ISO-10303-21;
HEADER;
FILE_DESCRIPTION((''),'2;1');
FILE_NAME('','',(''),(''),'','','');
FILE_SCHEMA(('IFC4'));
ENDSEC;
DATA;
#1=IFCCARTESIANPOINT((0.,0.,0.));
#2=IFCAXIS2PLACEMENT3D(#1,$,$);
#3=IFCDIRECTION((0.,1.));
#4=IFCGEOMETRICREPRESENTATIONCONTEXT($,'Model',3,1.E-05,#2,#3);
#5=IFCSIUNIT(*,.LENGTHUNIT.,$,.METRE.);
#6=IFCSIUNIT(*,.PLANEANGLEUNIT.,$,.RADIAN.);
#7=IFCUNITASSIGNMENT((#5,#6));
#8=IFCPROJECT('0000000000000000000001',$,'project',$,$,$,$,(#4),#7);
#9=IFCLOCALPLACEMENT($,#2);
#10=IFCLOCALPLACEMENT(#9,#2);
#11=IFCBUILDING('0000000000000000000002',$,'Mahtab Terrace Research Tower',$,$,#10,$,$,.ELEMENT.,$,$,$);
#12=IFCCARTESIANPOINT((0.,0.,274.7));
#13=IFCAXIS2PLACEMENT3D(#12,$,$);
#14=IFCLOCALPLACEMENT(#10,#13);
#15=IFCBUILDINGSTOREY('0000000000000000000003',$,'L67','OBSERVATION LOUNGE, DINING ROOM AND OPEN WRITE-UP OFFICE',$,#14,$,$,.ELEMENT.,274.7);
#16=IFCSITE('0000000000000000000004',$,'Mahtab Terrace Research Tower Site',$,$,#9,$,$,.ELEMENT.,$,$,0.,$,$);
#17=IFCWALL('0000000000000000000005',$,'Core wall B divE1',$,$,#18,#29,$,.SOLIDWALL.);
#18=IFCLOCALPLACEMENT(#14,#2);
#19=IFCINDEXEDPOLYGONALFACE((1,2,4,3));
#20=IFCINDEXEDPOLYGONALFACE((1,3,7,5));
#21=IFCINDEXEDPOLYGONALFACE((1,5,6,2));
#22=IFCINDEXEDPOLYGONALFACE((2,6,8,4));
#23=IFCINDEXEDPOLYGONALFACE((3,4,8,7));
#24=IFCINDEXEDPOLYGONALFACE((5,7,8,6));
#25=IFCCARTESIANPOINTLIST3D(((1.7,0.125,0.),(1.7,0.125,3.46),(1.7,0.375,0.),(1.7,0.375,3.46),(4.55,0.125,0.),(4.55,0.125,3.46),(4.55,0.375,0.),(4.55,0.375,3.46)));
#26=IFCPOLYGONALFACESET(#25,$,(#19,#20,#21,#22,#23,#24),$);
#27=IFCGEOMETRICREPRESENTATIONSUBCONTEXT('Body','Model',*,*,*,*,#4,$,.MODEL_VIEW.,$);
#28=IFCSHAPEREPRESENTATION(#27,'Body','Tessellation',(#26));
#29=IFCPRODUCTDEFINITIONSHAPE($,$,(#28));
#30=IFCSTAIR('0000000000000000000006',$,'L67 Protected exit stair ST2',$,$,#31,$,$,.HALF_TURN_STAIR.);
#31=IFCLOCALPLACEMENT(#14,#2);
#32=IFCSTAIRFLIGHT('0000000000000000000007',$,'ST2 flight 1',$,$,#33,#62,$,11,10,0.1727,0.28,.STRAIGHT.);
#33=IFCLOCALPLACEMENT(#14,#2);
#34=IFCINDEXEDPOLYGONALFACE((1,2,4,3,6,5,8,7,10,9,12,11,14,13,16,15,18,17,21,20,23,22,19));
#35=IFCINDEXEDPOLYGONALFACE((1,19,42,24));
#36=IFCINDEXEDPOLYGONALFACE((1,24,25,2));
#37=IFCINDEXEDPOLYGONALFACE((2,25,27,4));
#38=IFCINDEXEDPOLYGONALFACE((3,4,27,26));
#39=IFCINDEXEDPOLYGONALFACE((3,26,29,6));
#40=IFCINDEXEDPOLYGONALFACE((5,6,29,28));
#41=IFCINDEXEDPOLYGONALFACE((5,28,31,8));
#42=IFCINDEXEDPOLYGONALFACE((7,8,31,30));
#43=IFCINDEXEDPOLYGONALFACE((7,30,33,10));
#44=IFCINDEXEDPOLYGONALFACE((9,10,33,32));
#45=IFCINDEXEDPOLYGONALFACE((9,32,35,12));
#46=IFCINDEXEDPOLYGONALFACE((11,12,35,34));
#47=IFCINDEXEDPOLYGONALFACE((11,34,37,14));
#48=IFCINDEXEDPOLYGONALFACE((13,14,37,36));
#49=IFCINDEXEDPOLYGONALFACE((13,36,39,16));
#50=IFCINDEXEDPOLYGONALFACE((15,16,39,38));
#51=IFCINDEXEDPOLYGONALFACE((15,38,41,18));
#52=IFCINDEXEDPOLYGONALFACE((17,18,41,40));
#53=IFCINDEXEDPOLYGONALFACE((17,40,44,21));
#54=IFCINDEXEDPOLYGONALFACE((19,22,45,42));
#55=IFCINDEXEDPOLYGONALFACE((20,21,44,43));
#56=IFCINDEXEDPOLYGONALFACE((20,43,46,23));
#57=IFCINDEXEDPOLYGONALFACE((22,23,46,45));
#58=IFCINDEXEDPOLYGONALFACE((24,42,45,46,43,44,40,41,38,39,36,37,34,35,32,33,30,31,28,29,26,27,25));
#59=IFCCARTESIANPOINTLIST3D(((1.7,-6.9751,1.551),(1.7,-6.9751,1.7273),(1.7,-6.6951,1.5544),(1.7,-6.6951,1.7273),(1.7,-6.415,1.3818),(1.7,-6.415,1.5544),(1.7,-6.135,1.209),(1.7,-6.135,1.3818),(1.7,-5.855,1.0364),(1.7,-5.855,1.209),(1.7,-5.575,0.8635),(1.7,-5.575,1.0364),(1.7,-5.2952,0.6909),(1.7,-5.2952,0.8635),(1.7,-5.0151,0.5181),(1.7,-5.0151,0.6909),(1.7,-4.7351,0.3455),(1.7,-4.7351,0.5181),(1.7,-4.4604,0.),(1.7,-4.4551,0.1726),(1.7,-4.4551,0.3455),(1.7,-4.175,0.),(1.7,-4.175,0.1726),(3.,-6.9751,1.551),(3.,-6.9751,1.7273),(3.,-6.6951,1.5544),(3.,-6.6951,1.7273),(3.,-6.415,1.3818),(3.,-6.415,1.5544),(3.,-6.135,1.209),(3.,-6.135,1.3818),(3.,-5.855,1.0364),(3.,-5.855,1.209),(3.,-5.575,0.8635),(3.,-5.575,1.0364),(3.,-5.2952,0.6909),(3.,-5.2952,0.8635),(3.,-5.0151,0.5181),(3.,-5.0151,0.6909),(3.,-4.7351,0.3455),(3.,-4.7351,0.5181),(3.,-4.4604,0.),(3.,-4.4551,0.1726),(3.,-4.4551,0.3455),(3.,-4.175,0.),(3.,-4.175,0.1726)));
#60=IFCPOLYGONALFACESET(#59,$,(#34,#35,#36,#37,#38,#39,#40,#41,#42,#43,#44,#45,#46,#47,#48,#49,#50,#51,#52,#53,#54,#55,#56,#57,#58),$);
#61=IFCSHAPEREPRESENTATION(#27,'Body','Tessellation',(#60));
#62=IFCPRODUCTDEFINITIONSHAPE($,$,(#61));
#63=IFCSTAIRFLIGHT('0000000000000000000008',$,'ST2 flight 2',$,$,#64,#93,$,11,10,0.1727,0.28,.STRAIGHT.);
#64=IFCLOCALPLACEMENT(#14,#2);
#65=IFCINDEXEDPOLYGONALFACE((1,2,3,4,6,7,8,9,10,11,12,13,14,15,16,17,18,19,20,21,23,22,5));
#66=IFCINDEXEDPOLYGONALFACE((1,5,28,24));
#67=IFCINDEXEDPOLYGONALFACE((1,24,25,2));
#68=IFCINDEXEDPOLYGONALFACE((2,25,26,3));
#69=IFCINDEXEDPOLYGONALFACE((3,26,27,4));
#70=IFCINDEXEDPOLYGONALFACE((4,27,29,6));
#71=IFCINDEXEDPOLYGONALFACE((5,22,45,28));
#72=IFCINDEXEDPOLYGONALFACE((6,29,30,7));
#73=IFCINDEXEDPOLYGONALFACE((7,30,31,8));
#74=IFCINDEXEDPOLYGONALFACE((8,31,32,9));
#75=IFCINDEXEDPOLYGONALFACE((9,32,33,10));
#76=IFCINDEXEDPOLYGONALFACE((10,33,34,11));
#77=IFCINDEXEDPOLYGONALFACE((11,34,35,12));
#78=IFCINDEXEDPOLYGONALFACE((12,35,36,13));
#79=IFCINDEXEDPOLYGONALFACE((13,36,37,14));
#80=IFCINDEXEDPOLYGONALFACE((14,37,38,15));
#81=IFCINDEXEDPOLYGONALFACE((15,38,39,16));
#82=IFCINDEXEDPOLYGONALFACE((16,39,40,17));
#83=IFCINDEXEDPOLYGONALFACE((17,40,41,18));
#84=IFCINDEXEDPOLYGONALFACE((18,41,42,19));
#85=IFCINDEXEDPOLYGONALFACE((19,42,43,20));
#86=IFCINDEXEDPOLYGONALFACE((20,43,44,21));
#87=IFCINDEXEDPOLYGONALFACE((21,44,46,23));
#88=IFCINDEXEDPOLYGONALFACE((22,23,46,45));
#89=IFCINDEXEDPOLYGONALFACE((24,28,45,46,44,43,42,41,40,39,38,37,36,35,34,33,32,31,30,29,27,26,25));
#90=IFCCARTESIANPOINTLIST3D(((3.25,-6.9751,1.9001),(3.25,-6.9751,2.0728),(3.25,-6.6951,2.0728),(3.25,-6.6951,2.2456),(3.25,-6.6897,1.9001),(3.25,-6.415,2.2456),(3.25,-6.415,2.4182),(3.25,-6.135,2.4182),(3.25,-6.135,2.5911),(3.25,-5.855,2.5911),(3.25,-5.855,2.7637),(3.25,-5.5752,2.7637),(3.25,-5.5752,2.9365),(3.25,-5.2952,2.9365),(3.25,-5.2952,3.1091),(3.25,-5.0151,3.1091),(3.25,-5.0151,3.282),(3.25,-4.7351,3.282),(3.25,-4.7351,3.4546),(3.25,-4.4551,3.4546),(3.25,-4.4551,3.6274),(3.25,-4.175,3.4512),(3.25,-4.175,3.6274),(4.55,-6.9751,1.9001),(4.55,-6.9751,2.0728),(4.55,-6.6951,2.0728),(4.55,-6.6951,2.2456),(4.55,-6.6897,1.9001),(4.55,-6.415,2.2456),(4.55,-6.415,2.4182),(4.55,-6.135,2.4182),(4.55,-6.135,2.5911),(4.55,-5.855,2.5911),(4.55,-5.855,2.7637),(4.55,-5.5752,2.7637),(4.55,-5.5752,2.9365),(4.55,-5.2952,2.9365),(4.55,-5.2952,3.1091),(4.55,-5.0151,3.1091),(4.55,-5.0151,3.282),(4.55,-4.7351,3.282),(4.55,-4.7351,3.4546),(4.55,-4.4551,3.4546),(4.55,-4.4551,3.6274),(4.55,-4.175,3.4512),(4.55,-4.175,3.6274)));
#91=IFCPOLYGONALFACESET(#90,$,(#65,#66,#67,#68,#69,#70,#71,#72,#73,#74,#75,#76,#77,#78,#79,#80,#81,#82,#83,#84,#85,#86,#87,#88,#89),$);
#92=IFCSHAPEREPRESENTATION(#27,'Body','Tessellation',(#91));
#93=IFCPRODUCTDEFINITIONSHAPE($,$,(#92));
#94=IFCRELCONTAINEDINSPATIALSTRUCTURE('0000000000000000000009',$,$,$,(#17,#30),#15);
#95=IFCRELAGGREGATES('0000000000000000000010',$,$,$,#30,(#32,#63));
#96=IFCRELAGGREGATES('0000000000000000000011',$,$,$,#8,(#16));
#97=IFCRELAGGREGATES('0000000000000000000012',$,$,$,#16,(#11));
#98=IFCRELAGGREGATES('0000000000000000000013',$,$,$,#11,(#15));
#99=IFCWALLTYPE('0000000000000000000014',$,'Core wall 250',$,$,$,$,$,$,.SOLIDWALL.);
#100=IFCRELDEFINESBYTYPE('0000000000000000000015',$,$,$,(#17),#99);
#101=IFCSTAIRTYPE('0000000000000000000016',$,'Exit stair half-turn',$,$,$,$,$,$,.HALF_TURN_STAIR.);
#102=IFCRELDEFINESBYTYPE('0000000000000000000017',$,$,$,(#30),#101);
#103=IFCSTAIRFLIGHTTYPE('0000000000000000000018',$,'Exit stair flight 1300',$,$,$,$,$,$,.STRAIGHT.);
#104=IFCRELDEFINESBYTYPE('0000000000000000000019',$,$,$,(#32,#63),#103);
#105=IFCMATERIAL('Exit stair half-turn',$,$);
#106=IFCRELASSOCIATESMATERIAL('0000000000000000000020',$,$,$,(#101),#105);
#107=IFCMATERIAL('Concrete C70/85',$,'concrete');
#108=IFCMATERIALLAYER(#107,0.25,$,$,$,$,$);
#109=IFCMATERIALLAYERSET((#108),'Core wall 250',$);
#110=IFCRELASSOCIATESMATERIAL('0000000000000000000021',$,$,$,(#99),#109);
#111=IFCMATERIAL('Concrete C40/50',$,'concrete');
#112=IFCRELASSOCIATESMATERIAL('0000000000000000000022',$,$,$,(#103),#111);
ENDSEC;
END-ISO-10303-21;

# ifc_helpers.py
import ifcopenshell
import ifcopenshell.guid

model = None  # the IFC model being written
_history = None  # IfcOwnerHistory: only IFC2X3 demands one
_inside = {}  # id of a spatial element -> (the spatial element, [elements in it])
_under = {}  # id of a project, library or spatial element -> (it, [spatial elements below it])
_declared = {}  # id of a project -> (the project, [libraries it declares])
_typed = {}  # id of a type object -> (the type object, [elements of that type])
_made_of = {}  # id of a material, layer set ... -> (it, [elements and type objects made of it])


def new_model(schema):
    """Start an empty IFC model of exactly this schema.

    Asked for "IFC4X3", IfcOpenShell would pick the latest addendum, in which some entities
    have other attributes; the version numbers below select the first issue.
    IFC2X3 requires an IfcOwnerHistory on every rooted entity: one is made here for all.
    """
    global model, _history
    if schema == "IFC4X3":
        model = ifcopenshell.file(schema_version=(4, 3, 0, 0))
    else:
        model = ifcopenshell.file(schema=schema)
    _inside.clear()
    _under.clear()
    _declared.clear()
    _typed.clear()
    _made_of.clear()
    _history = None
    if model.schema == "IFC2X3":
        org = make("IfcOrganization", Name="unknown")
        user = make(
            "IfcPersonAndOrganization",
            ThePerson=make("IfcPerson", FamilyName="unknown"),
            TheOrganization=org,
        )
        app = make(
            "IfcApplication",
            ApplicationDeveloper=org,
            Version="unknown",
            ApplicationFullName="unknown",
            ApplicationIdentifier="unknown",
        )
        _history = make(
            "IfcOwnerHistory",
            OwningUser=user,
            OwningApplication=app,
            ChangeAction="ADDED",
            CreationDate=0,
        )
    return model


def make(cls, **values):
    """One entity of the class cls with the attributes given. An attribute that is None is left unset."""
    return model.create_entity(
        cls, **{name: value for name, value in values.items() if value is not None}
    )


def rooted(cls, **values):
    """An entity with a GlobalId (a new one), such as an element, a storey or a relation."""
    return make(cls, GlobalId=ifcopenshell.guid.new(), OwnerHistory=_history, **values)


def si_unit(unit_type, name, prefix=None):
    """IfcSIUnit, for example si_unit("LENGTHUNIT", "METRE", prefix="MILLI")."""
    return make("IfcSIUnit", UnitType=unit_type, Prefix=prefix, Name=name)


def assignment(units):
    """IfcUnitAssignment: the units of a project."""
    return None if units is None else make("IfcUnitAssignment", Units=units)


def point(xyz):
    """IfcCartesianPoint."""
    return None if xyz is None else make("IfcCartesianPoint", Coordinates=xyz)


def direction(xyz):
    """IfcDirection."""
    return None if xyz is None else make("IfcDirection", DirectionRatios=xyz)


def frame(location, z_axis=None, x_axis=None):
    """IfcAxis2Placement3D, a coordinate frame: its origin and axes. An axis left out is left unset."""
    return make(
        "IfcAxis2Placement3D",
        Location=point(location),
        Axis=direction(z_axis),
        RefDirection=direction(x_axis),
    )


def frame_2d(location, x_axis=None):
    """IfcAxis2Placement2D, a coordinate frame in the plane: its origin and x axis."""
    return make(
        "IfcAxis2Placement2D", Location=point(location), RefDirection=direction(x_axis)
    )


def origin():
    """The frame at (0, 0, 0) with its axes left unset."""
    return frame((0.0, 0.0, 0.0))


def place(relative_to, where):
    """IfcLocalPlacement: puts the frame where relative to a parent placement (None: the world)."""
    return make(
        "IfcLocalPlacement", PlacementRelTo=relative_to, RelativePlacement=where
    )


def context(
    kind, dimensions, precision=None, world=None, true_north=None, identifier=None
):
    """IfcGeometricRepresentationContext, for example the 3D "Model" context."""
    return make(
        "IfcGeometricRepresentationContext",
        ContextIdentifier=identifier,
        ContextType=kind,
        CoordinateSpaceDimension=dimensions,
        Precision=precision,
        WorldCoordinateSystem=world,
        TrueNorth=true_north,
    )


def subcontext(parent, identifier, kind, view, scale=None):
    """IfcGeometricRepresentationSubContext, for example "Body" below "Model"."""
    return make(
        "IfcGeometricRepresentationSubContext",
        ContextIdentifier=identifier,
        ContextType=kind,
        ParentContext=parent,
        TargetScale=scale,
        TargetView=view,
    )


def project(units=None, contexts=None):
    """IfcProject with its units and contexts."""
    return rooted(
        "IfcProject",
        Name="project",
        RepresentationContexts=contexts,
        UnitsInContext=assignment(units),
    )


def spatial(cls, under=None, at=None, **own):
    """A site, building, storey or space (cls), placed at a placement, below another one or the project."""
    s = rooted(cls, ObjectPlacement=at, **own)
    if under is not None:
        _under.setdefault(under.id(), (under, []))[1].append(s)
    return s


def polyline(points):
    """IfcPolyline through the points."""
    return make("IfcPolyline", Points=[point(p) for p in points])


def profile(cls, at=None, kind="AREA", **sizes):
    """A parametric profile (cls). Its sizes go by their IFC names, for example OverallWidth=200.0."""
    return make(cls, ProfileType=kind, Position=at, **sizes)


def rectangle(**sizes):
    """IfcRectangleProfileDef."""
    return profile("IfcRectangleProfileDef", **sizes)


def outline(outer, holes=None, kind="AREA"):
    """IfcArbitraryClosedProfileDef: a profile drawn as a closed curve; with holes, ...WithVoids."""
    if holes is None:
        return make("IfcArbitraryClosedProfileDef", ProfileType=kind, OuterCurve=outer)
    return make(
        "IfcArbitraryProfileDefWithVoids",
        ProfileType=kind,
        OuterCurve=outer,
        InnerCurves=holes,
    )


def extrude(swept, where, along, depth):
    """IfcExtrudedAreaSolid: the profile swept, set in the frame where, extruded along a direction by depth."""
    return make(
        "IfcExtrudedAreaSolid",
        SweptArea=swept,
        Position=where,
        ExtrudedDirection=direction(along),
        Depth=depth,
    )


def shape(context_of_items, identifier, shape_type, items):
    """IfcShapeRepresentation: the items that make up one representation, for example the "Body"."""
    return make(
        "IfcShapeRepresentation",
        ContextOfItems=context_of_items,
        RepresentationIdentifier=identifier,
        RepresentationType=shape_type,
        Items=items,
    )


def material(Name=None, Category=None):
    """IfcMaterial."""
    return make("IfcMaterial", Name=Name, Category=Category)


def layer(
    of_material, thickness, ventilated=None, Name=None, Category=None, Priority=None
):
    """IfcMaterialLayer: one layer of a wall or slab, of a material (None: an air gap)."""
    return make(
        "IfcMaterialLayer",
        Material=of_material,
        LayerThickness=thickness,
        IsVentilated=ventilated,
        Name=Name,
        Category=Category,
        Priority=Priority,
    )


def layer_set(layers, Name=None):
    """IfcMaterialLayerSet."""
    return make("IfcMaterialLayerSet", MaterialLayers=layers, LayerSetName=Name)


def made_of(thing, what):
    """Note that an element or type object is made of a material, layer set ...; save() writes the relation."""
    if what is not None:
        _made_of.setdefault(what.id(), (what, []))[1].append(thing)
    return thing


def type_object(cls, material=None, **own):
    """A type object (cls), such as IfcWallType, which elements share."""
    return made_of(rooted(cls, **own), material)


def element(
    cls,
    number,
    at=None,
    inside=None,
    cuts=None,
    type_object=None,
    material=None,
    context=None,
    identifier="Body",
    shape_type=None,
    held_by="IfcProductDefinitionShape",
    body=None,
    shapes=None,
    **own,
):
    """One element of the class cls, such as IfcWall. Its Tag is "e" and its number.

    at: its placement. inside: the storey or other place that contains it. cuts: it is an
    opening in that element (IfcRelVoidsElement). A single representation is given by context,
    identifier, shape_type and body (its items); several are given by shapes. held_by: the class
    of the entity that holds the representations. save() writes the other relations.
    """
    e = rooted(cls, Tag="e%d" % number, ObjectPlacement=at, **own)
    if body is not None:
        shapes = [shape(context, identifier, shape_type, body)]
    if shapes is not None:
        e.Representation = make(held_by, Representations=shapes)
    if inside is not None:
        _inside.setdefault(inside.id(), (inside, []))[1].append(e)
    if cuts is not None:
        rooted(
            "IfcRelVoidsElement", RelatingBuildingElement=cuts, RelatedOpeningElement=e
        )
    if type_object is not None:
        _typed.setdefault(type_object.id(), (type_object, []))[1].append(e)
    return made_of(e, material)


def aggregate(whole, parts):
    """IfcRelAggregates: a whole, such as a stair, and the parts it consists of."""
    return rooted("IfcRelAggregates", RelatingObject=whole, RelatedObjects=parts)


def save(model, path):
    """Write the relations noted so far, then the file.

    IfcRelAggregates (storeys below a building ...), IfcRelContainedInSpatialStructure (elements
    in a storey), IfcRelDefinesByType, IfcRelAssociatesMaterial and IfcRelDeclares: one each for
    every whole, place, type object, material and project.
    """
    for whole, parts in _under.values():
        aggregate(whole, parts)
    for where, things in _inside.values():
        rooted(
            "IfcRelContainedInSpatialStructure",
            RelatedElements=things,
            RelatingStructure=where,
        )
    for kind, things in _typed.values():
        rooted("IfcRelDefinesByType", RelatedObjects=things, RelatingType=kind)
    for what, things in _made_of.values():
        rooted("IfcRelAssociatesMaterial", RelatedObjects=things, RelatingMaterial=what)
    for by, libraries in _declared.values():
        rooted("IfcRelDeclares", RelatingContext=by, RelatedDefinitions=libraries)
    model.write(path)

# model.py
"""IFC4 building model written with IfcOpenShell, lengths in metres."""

from ifc_helpers import new_model, si_unit, direction, frame, frame_2d, origin, place, context, subcontext, project, spatial, polyline, rectangle, outline, extrude, material, layer, layer_set, type_object, element, aggregate, save


model = new_model("IFC4")

# Units and contexts
model_context = context("Model", 3, precision=1e-05, world=origin(), true_north=direction((0.0, 1.0)))
body_context = subcontext(model_context, "Body", "Model", "MODEL_VIEW")
ifc_project = project(units=[si_unit("LENGTHUNIT", "METRE"), si_unit("PLANEANGLEUNIT", "RADIAN")], contexts=[model_context])

# Site, building, storey
site_placement = place(None, origin())
site = spatial("IfcSite", under=ifc_project, at=site_placement, Name="Mahtab Terrace Research Tower Site", CompositionType="ELEMENT", RefElevation=0.0)
building_placement = place(site_placement, origin())
building = spatial("IfcBuilding", under=site, at=building_placement, Name="Mahtab Terrace Research Tower", CompositionType="ELEMENT")
storey_placement = place(building_placement, frame((0.0, 0.0, 274.7)))
storey = spatial("IfcBuildingStorey", under=building, at=storey_placement, Name="L67", Description="OBSERVATION LOUNGE, DINING ROOM AND OPEN WRITE-UP OFFICE", CompositionType="ELEMENT", Elevation=274.7)

# Shared definitions
ifc_material_1 = material(Name="Concrete C70/85", Category="concrete")

# Shared definitions
ifc_material_2 = material(Name="Exit stair half-turn")
stair_type = type_object("IfcStairType", Name="Exit stair half-turn", PredefinedType="HALF_TURN_STAIR", material=ifc_material_2)
ifc_material_3 = material(Name="Concrete C40/50", Category="concrete")

# Shared definitions
ifc_layer_1 = layer(ifc_material_1, 0.25)
ifc_layer_set_1 = layer_set([ifc_layer_1], Name="Core wall 250")
wall_type = type_object("IfcWallType", Name="Core wall 250", PredefinedType="SOLIDWALL", material=ifc_layer_set_1)

# Wall
for number, where, z_axis, x_axis, name in (
    (1, (1.7, 0.25, 0.0), (0.0, 0.0, 1.0), (1.0, 0.0, 0.0), "Core wall B divE1"),
):
    element("IfcWall", number, at=place(storey_placement, frame(where, z_axis=z_axis, x_axis=x_axis)), inside=storey, type_object=wall_type, Name=name, PredefinedType="SOLIDWALL", context=body_context, shape_type="SweptSolid", body=[
        extrude(rectangle(XDim=2.8501, YDim=0.25, at=frame_2d((1.425, 0.0))), origin(), (0.0, 0.0, 1.0), 3.46),
    ])

# Stair, stair flights
stair_1_placement = place(storey_placement, origin())
stair_1 = element("IfcStair", 2, at=stair_1_placement, inside=storey, type_object=stair_type, Name="L67 Protected exit stair ST2", PredefinedType="HALF_TURN_STAIR")
stair_flight_type = type_object("IfcStairFlightType", Name="Exit stair flight 1300", PredefinedType="STRAIGHT", material=ifc_material_3)
stair_flight_1_placement = place(storey_placement, frame((2.3501, -4.175, 0.0), z_axis=(0.0, 0.0, 1.0), x_axis=(0.0, -1.0, 0.0)))
stair_flight_1 = element("IfcStairFlight", 3, at=stair_flight_1_placement, type_object=stair_flight_type, Name="ST2 flight 1", NumberOfRisers=11, NumberOfTreads=10, PredefinedType="STRAIGHT", RiserHeight=0.1727, TreadLength=0.28, context=body_context, shape_type="SweptSolid", body=[
    extrude(outline(polyline([(0.0, 0.0), (0.0, 0.1726), (0.28, 0.1726), (0.28, 0.3455), (0.5601, 0.3455), (0.5601, 0.5181), (0.8401, 0.5181), (0.8401, 0.6909), (1.1201, 0.6909), (1.1201, 0.8635), (1.3999, 0.8635), (1.3999, 1.0364), (1.6799, 1.0364), (1.6799, 1.209), (1.96, 1.209), (1.96, 1.3818), (2.24, 1.3818), (2.24, 1.5544), (2.52, 1.5544), (2.52, 1.7273), (2.8, 1.7273), (2.8, 1.8999), (2.8, 1.551), (0.2854, 0.0), (0.0, 0.0)])), frame((0.0, 0.6499, 0.0), z_axis=(0.0, -1.0, 0.0), x_axis=(1.0, 0.0, 0.0)), (0.0, 0.0, 1.0), 1.3),
])
stair_flight_2_placement = place(storey_placement, frame((3.8999, -6.9751, 1.9001), z_axis=(0.0, 0.0, 1.0), x_axis=(0.0, 1.0, 0.0)))
stair_flight_2 = element("IfcStairFlight", 4, at=stair_flight_2_placement, type_object=stair_flight_type, Name="ST2 flight 2", NumberOfRisers=11, NumberOfTreads=10, PredefinedType="STRAIGHT", RiserHeight=0.1727, TreadLength=0.28, context=body_context, shape_type="SweptSolid", body=[
    extrude(outline(polyline([(0.0, 0.0), (0.0, 0.1726), (0.28, 0.1726), (0.28, 0.3455), (0.5601, 0.3455), (0.5601, 0.5181), (0.8401, 0.5181), (0.8401, 0.6909), (1.1201, 0.6909), (1.1201, 0.8635), (1.3999, 0.8635), (1.3999, 1.0364), (1.6799, 1.0364), (1.6799, 1.209), (1.96, 1.209), (1.96, 1.3818), (2.24, 1.3818), (2.24, 1.5544), (2.52, 1.5544), (2.52, 1.7273), (2.8, 1.7273), (2.8, 1.8999), (2.8, 1.551), (0.2854, 0.0), (0.0, 0.0)])), frame((0.0, 0.6499, 0.0), z_axis=(0.0, -1.0, 0.0), x_axis=(1.0, 0.0, 0.0)), (0.0, 0.0, 1.0), 1.3),
])
aggregate(stair_1, [stair_flight_1, stair_flight_2])

save(model, "model.ifc")
